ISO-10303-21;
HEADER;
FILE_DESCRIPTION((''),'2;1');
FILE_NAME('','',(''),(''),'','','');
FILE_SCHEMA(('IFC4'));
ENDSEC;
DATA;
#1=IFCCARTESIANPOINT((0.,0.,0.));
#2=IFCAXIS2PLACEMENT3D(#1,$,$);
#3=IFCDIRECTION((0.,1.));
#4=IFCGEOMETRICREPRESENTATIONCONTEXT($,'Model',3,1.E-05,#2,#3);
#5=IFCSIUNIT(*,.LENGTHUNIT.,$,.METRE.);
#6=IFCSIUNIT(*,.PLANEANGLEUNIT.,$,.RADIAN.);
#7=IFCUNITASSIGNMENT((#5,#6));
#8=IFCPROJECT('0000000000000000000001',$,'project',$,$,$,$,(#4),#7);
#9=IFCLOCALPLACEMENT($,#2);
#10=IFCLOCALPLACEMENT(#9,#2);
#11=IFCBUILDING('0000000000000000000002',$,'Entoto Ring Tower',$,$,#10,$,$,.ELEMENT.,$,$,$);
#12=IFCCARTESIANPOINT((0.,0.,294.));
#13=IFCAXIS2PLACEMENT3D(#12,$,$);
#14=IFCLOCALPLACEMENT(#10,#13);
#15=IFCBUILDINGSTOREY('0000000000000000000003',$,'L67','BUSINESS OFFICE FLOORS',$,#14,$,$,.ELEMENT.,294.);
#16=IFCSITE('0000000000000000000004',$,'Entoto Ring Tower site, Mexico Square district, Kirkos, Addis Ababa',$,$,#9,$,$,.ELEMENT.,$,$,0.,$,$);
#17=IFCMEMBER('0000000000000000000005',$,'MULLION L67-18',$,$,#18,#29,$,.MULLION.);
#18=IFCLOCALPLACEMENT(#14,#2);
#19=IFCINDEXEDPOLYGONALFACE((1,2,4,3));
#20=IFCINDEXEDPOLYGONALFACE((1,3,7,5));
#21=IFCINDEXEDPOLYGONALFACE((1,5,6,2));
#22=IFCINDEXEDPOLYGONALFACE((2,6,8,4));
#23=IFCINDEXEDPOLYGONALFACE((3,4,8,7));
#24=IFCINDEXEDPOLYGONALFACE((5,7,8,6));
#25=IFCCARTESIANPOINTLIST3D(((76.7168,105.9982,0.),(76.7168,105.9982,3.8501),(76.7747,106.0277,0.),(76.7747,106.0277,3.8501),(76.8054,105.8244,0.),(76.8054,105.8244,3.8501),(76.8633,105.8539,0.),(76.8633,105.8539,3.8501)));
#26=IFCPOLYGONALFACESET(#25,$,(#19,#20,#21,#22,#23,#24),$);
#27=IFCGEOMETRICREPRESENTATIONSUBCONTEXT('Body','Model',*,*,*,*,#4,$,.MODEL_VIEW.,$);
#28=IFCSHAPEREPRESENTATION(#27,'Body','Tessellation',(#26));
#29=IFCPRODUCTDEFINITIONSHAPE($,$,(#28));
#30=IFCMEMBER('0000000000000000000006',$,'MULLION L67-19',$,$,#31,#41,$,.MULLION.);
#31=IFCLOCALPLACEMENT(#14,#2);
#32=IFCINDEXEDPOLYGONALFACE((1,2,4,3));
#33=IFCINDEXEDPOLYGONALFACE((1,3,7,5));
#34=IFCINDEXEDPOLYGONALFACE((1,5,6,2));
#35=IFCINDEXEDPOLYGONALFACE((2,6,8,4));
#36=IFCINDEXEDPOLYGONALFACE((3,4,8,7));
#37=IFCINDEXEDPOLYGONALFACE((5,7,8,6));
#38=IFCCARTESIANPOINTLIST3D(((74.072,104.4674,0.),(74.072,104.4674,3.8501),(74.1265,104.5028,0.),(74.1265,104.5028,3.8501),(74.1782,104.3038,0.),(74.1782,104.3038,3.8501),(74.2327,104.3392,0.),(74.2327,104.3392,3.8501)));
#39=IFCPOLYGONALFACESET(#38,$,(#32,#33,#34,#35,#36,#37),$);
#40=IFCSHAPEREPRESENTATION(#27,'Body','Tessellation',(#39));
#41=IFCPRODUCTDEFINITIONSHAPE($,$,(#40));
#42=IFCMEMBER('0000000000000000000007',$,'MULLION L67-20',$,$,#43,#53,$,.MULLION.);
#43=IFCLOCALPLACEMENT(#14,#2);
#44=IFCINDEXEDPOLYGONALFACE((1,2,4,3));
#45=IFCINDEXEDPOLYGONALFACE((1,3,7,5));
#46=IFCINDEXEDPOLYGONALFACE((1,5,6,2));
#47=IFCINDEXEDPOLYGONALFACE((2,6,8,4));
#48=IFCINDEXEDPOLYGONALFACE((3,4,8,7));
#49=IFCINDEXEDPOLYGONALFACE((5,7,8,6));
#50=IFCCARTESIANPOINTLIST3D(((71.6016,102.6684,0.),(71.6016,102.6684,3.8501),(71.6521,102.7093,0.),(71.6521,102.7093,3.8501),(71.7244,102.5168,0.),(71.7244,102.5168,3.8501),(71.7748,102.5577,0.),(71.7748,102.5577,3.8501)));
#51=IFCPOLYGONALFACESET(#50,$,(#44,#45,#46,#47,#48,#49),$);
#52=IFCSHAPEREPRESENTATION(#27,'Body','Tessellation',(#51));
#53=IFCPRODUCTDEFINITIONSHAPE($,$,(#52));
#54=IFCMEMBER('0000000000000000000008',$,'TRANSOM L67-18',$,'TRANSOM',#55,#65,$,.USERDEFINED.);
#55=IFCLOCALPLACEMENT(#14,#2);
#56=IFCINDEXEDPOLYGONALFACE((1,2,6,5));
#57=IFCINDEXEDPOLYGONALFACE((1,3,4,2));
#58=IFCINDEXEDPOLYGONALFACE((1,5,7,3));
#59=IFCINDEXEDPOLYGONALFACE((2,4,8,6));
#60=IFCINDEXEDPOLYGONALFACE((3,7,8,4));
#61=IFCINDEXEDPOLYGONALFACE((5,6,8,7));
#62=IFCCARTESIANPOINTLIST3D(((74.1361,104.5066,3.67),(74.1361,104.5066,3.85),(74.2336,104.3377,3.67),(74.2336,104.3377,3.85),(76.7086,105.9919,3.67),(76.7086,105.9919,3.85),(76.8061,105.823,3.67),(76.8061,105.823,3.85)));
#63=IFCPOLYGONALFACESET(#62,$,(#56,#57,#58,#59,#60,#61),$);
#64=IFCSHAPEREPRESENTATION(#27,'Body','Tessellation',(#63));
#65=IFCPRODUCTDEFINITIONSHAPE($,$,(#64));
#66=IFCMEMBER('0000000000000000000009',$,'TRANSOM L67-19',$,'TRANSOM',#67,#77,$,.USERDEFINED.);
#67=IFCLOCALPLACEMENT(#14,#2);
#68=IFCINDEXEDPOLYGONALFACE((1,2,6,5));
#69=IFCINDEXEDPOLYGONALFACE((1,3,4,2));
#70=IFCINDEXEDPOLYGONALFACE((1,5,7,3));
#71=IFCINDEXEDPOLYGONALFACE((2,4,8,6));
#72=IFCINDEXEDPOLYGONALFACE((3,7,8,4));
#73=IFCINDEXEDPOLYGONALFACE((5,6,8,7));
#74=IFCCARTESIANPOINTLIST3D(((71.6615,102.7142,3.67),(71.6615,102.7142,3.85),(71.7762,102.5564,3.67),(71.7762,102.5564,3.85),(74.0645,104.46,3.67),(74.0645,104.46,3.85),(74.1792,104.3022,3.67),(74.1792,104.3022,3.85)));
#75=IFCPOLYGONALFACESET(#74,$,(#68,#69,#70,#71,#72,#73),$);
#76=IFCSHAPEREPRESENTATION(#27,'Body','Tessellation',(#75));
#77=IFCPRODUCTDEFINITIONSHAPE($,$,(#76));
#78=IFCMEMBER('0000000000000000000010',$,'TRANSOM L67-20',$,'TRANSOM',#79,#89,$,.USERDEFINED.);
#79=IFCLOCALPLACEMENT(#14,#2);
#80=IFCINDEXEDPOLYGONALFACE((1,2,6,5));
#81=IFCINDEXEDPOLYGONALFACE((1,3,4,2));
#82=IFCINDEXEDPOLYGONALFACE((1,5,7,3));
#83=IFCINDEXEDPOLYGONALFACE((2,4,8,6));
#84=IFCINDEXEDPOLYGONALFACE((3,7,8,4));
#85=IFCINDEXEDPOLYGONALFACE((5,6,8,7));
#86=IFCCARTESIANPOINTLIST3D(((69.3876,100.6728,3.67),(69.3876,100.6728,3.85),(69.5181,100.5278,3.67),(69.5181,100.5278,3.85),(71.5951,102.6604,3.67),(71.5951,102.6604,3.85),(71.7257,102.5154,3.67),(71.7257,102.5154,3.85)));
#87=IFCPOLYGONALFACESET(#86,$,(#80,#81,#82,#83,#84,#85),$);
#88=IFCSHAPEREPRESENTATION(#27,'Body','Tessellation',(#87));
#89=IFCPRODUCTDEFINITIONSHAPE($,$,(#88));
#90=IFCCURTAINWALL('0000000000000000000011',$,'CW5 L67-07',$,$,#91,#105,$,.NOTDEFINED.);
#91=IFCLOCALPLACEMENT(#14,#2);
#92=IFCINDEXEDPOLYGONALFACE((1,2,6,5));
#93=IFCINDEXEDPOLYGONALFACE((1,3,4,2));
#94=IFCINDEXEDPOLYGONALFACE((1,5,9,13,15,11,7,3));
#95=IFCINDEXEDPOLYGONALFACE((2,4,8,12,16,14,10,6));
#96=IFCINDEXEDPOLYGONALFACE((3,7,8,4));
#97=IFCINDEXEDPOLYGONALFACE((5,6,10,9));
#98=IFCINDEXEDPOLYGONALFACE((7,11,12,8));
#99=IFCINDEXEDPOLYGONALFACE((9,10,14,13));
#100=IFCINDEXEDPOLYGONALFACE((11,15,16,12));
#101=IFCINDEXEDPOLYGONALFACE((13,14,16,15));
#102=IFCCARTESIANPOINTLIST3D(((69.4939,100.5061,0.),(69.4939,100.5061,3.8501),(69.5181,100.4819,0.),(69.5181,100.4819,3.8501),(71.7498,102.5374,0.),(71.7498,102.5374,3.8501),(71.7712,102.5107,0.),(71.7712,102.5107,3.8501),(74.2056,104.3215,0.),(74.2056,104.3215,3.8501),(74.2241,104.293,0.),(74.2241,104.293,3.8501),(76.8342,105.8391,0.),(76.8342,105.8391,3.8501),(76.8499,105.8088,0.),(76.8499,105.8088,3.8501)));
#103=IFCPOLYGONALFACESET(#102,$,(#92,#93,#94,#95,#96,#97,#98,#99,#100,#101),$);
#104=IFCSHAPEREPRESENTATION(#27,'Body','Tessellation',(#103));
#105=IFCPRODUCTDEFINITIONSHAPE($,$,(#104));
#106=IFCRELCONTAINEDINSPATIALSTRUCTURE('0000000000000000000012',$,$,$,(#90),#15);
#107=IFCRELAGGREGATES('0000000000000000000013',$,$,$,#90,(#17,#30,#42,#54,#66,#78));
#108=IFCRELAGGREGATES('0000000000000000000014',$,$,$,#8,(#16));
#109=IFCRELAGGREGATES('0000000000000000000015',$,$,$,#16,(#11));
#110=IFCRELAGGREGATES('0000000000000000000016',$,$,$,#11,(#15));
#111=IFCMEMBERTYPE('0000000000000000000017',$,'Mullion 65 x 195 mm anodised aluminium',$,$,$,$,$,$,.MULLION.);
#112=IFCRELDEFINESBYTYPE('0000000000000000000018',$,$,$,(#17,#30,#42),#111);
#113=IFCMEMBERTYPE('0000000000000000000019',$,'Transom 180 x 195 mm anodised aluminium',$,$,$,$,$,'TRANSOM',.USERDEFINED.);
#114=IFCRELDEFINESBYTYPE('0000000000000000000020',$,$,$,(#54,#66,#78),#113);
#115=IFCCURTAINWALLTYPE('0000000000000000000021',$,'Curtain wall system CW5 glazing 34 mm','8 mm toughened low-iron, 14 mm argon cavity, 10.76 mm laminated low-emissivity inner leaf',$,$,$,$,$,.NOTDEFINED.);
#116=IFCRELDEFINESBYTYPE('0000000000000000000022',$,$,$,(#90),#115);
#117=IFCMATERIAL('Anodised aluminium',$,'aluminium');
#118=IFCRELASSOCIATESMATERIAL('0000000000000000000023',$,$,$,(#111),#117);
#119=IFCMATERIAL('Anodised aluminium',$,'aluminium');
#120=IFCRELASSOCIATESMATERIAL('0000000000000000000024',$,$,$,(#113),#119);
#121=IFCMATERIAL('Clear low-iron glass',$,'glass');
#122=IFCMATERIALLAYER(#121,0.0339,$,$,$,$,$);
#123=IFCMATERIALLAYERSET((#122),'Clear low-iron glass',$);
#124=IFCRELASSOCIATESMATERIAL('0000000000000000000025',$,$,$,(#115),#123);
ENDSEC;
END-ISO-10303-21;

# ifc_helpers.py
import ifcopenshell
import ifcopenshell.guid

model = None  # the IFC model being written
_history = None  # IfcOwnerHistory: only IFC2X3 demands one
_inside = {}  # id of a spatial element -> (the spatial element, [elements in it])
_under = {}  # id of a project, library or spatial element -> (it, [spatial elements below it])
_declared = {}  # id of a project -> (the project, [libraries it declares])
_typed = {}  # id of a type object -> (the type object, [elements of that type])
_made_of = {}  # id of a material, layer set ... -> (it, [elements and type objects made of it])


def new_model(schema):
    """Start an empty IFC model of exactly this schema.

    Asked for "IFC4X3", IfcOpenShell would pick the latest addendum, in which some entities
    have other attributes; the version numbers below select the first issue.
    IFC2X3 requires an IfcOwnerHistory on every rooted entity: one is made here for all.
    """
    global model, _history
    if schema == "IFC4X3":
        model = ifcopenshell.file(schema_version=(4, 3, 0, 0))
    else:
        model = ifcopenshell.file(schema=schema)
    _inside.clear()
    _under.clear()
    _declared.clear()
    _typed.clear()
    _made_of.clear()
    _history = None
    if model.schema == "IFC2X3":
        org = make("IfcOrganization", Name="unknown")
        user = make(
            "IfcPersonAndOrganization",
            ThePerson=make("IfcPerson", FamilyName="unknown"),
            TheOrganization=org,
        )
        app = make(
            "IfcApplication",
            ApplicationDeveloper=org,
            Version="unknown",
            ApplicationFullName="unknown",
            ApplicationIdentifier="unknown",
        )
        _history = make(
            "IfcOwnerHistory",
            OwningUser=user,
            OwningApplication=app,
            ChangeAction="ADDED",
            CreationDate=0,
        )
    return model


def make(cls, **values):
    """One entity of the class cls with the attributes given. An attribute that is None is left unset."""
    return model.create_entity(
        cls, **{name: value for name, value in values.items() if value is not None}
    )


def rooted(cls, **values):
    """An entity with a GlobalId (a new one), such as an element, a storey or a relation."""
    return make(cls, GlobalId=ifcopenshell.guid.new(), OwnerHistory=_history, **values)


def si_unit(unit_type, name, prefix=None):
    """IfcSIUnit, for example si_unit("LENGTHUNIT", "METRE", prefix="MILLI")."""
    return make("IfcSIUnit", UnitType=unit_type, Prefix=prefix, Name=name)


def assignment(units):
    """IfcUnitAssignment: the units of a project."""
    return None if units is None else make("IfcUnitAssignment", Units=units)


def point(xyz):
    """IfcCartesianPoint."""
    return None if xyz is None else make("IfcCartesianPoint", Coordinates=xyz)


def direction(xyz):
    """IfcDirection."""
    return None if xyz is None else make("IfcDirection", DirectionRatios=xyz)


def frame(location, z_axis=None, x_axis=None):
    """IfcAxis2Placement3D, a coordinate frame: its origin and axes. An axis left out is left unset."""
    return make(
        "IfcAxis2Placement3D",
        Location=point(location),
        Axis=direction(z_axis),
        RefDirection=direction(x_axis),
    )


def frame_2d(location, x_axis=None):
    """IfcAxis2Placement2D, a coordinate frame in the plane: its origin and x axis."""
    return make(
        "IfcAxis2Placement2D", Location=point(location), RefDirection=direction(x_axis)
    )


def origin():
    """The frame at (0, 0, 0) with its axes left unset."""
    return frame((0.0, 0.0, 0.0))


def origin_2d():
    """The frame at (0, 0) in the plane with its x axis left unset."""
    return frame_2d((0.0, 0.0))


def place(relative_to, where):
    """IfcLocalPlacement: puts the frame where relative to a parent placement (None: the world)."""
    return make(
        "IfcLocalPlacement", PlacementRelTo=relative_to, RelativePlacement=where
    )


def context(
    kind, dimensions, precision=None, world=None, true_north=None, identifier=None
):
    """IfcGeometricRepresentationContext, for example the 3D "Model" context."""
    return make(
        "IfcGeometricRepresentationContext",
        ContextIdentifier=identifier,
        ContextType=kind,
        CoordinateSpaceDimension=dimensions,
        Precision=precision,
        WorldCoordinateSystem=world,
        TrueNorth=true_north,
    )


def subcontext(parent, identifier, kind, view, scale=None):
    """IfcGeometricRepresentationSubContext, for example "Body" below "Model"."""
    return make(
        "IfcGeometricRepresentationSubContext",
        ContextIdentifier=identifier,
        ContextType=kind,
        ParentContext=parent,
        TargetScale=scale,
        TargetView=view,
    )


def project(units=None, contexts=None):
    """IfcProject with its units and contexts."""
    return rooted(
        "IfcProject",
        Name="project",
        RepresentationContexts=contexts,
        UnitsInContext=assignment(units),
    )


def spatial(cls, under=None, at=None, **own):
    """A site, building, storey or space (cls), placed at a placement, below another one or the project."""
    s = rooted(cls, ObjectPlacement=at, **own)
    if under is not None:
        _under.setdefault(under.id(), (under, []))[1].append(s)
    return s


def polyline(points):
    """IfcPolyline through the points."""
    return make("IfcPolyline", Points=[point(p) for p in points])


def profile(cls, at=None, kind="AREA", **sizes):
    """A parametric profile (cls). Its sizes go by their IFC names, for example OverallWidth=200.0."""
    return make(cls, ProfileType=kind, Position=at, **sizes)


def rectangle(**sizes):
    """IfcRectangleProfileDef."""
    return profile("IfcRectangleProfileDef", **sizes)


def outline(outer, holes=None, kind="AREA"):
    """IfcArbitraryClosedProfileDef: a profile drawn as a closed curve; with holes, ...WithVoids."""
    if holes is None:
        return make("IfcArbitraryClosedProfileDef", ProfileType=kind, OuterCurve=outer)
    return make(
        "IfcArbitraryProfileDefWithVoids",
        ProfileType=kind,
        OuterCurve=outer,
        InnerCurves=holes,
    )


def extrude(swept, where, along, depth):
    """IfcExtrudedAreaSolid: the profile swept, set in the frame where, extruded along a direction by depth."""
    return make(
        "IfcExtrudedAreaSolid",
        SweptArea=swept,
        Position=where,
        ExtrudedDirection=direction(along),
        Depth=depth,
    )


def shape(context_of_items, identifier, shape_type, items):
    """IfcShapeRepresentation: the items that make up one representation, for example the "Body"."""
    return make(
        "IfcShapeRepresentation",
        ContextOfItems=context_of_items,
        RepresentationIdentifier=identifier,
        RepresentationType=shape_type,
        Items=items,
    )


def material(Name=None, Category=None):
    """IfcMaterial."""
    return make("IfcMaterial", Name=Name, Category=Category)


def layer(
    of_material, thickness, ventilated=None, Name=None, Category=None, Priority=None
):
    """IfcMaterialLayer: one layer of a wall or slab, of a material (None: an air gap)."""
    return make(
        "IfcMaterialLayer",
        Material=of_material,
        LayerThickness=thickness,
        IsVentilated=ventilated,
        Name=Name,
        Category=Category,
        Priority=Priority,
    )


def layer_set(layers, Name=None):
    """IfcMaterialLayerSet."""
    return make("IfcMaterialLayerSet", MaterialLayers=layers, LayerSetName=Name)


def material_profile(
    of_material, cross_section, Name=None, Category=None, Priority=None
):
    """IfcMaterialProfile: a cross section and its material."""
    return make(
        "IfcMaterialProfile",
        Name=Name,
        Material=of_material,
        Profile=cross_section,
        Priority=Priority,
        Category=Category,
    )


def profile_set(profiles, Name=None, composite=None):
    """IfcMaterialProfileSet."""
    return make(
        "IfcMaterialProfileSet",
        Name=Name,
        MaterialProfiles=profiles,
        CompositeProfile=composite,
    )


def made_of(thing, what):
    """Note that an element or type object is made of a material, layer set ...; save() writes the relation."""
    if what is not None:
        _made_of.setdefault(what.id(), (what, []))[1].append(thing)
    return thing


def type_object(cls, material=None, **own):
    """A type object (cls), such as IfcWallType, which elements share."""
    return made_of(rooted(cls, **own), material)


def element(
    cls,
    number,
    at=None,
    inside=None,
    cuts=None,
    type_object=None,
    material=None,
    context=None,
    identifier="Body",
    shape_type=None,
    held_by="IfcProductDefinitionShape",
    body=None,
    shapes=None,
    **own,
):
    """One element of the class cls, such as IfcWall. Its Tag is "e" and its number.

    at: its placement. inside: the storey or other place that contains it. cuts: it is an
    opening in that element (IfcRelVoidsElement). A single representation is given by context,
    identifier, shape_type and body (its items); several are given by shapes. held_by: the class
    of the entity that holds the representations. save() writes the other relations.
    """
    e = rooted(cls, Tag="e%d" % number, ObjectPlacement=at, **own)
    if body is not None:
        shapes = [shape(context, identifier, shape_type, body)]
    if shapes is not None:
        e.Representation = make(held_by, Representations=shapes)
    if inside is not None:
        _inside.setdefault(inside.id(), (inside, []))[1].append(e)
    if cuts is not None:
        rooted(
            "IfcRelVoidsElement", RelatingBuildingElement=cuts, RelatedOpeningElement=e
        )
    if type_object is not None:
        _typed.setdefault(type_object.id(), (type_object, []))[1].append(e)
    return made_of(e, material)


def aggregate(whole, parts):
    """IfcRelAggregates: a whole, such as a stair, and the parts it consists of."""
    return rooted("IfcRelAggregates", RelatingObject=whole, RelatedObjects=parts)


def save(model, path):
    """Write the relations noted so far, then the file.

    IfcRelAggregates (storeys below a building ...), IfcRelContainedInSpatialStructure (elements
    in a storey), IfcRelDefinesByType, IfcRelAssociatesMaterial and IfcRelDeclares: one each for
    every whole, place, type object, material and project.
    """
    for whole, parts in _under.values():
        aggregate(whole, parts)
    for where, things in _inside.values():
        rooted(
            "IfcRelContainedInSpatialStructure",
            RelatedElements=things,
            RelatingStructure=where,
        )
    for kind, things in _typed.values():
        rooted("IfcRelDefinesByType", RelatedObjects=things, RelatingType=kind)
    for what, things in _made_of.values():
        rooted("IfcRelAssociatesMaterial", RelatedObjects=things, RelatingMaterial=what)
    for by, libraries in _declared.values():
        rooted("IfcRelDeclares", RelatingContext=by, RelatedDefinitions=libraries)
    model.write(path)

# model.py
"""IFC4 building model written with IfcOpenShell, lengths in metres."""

from ifc_helpers import new_model, si_unit, direction, frame, origin, origin_2d, place, context, subcontext, project, spatial, polyline, rectangle, outline, extrude, material, layer, layer_set, material_profile, profile_set, type_object, element, aggregate, save


model = new_model("IFC4")

# Units and contexts
model_context = context("Model", 3, precision=1e-05, world=origin(), true_north=direction((0.0, 1.0)))
body_context = subcontext(model_context, "Body", "Model", "MODEL_VIEW")
ifc_project = project(units=[si_unit("LENGTHUNIT", "METRE"), si_unit("PLANEANGLEUNIT", "RADIAN")], contexts=[model_context])

# Members
ifc_material_1 = material(Name="Anodised aluminium", Category="aluminium")
ifc_material_profile_1 = material_profile(ifc_material_1, rectangle(XDim=0.0649, YDim=0.1951, at=origin_2d()), Name="Mullion 65 x 195 mm anodised aluminium")
ifc_profile_set_1 = profile_set([ifc_material_profile_1], Name="Anodised aluminium")
member_type_1 = type_object("IfcMemberType", Name="Mullion 65 x 195 mm anodised aluminium", PredefinedType="MULLION", material=ifc_profile_set_1)
site_placement = place(None, origin())
building_placement = place(site_placement, origin())
storey_placement = place(building_placement, frame((0.0, 0.0, 294.0)))
member_1_placement = place(storey_placement, frame((76.79, 105.926, 0.0), z_axis=(0.0, 0.0, 1.0), x_axis=(-0.891007, -0.45399, 0.0)))
member_1 = element("IfcMember", 1, at=member_1_placement, type_object=member_type_1, Name="MULLION L67-18", PredefinedType="MULLION", context=body_context, shape_type="SweptSolid", body=[
    extrude(rectangle(XDim=0.0649, YDim=0.1951, at=origin_2d()), origin(), (0.0, 0.0, 1.0), 3.8501),
])
member_2_placement = place(storey_placement, frame((74.1523, 104.4033, 0.0), z_axis=(0.0, 0.0, 1.0), x_axis=(-0.838671, -0.544639, 0.0)))
member_2 = element("IfcMember", 2, at=member_2_placement, type_object=member_type_1, Name="MULLION L67-19", PredefinedType="MULLION", context=body_context, shape_type="SweptSolid", body=[
    extrude(rectangle(XDim=0.0649, YDim=0.1951, at=origin_2d()), origin(), (0.0, 0.0, 1.0), 3.8501),
])
member_3_placement = place(storey_placement, frame((71.6882, 102.613, 0.0), z_axis=(0.0, 0.0, 1.0), x_axis=(-0.777146, -0.62932, 0.0)))
member_3 = element("IfcMember", 3, at=member_3_placement, type_object=member_type_1, Name="MULLION L67-20", PredefinedType="MULLION", context=body_context, shape_type="SweptSolid", body=[
    extrude(rectangle(XDim=0.0649, YDim=0.1951, at=origin_2d()), origin(), (0.0, 0.0, 1.0), 3.8501),
])
ifc_material_2 = material(Name="Anodised aluminium", Category="aluminium")
ifc_material_profile_2 = material_profile(ifc_material_2, rectangle(XDim=0.1951, YDim=0.1799, at=origin_2d()), Name="Transom 180 x 195 mm anodised aluminium")
ifc_profile_set_2 = profile_set([ifc_material_profile_2], Name="Anodised aluminium")
member_type_2 = type_object("IfcMemberType", Name="Transom 180 x 195 mm anodised aluminium", ElementType="TRANSOM", PredefinedType="USERDEFINED", material=ifc_profile_set_2)
member_4_placement = place(storey_placement, frame((76.7573, 105.9075, 3.76), z_axis=(-0.866009, -0.500028, 0.0), x_axis=(0.500028, -0.866009, 0.0)))
member_4 = element("IfcMember", 4, at=member_4_placement, type_object=member_type_2, Name="TRANSOM L67-18", ObjectType="TRANSOM", PredefinedType="USERDEFINED", context=body_context, shape_type="SweptSolid", body=[
    extrude(rectangle(XDim=0.1951, YDim=0.1799, at=origin_2d()), origin(), (0.0, 0.0, 1.0), 2.9705),
])
member_5_placement = place(storey_placement, frame((74.1218, 104.3811, 3.76), z_axis=(-0.809031, -0.587766, 0.0), x_axis=(0.587766, -0.809031, 0.0)))
member_5 = element("IfcMember", 5, at=member_5_placement, type_object=member_type_2, Name="TRANSOM L67-19", ObjectType="TRANSOM", PredefinedType="USERDEFINED", context=body_context, shape_type="SweptSolid", body=[
    extrude(rectangle(XDim=0.1951, YDim=0.1799, at=origin_2d()), origin(), (0.0, 0.0, 1.0), 2.9702),
])
member_6_placement = place(storey_placement, frame((71.6604, 102.5879, 3.76), z_axis=(-0.743163, -0.66911, 0.0), x_axis=(0.66911, -0.743163, 0.0)))
member_6 = element("IfcMember", 6, at=member_6_placement, type_object=member_type_2, Name="TRANSOM L67-20", ObjectType="TRANSOM", PredefinedType="USERDEFINED", context=body_context, shape_type="SweptSolid", body=[
    extrude(rectangle(XDim=0.1951, YDim=0.1799, at=origin_2d()), origin(), (0.0, 0.0, 1.0), 2.9705),
])

# Site, building, storey
site = spatial("IfcSite", under=ifc_project, at=site_placement, Name="Entoto Ring Tower site, Mexico Square district, Kirkos, Addis Ababa", CompositionType="ELEMENT", RefElevation=0.0)
building = spatial("IfcBuilding", under=site, at=building_placement, Name="Entoto Ring Tower", CompositionType="ELEMENT")
storey = spatial("IfcBuildingStorey", under=building, at=storey_placement, Name="L67", Description="BUSINESS OFFICE FLOORS", CompositionType="ELEMENT", Elevation=294.0)

# Curtain wall
ifc_material_3 = material(Name="Clear low-iron glass", Category="glass")
ifc_layer = layer(ifc_material_3, 0.0339)
ifc_layer_set = layer_set([ifc_layer], Name="Clear low-iron glass")
curtain_wall_type = type_object("IfcCurtainWallType", Name="Curtain wall system CW5 glazing 34 mm", Description="8 mm toughened low-iron, 14 mm argon cavity, 10.76 mm laminated low-emissivity inner leaf", PredefinedType="NOTDEFINED", material=ifc_layer_set)
curtain_wall_1_placement = place(storey_placement, origin())
curtain_wall_1 = element("IfcCurtainWall", 7, at=curtain_wall_1_placement, inside=storey, type_object=curtain_wall_type, Name="CW5 L67-07", PredefinedType="NOTDEFINED", context=body_context, shape_type="SweptSolid", body=[
    extrude(outline(polyline([(76.8342, 105.8391), (74.2056, 104.3215), (71.7498, 102.5374), (69.4939, 100.5061), (69.5181, 100.4819), (71.7712, 102.5107), (74.2241, 104.293), (76.8499, 105.8088), (76.8342, 105.8391)])), origin(), (0.0, 0.0, 1.0), 3.8501),
])
aggregate(curtain_wall_1, [member_1, member_2, member_3, member_4, member_5, member_6])

save(model, "model.ifc")
